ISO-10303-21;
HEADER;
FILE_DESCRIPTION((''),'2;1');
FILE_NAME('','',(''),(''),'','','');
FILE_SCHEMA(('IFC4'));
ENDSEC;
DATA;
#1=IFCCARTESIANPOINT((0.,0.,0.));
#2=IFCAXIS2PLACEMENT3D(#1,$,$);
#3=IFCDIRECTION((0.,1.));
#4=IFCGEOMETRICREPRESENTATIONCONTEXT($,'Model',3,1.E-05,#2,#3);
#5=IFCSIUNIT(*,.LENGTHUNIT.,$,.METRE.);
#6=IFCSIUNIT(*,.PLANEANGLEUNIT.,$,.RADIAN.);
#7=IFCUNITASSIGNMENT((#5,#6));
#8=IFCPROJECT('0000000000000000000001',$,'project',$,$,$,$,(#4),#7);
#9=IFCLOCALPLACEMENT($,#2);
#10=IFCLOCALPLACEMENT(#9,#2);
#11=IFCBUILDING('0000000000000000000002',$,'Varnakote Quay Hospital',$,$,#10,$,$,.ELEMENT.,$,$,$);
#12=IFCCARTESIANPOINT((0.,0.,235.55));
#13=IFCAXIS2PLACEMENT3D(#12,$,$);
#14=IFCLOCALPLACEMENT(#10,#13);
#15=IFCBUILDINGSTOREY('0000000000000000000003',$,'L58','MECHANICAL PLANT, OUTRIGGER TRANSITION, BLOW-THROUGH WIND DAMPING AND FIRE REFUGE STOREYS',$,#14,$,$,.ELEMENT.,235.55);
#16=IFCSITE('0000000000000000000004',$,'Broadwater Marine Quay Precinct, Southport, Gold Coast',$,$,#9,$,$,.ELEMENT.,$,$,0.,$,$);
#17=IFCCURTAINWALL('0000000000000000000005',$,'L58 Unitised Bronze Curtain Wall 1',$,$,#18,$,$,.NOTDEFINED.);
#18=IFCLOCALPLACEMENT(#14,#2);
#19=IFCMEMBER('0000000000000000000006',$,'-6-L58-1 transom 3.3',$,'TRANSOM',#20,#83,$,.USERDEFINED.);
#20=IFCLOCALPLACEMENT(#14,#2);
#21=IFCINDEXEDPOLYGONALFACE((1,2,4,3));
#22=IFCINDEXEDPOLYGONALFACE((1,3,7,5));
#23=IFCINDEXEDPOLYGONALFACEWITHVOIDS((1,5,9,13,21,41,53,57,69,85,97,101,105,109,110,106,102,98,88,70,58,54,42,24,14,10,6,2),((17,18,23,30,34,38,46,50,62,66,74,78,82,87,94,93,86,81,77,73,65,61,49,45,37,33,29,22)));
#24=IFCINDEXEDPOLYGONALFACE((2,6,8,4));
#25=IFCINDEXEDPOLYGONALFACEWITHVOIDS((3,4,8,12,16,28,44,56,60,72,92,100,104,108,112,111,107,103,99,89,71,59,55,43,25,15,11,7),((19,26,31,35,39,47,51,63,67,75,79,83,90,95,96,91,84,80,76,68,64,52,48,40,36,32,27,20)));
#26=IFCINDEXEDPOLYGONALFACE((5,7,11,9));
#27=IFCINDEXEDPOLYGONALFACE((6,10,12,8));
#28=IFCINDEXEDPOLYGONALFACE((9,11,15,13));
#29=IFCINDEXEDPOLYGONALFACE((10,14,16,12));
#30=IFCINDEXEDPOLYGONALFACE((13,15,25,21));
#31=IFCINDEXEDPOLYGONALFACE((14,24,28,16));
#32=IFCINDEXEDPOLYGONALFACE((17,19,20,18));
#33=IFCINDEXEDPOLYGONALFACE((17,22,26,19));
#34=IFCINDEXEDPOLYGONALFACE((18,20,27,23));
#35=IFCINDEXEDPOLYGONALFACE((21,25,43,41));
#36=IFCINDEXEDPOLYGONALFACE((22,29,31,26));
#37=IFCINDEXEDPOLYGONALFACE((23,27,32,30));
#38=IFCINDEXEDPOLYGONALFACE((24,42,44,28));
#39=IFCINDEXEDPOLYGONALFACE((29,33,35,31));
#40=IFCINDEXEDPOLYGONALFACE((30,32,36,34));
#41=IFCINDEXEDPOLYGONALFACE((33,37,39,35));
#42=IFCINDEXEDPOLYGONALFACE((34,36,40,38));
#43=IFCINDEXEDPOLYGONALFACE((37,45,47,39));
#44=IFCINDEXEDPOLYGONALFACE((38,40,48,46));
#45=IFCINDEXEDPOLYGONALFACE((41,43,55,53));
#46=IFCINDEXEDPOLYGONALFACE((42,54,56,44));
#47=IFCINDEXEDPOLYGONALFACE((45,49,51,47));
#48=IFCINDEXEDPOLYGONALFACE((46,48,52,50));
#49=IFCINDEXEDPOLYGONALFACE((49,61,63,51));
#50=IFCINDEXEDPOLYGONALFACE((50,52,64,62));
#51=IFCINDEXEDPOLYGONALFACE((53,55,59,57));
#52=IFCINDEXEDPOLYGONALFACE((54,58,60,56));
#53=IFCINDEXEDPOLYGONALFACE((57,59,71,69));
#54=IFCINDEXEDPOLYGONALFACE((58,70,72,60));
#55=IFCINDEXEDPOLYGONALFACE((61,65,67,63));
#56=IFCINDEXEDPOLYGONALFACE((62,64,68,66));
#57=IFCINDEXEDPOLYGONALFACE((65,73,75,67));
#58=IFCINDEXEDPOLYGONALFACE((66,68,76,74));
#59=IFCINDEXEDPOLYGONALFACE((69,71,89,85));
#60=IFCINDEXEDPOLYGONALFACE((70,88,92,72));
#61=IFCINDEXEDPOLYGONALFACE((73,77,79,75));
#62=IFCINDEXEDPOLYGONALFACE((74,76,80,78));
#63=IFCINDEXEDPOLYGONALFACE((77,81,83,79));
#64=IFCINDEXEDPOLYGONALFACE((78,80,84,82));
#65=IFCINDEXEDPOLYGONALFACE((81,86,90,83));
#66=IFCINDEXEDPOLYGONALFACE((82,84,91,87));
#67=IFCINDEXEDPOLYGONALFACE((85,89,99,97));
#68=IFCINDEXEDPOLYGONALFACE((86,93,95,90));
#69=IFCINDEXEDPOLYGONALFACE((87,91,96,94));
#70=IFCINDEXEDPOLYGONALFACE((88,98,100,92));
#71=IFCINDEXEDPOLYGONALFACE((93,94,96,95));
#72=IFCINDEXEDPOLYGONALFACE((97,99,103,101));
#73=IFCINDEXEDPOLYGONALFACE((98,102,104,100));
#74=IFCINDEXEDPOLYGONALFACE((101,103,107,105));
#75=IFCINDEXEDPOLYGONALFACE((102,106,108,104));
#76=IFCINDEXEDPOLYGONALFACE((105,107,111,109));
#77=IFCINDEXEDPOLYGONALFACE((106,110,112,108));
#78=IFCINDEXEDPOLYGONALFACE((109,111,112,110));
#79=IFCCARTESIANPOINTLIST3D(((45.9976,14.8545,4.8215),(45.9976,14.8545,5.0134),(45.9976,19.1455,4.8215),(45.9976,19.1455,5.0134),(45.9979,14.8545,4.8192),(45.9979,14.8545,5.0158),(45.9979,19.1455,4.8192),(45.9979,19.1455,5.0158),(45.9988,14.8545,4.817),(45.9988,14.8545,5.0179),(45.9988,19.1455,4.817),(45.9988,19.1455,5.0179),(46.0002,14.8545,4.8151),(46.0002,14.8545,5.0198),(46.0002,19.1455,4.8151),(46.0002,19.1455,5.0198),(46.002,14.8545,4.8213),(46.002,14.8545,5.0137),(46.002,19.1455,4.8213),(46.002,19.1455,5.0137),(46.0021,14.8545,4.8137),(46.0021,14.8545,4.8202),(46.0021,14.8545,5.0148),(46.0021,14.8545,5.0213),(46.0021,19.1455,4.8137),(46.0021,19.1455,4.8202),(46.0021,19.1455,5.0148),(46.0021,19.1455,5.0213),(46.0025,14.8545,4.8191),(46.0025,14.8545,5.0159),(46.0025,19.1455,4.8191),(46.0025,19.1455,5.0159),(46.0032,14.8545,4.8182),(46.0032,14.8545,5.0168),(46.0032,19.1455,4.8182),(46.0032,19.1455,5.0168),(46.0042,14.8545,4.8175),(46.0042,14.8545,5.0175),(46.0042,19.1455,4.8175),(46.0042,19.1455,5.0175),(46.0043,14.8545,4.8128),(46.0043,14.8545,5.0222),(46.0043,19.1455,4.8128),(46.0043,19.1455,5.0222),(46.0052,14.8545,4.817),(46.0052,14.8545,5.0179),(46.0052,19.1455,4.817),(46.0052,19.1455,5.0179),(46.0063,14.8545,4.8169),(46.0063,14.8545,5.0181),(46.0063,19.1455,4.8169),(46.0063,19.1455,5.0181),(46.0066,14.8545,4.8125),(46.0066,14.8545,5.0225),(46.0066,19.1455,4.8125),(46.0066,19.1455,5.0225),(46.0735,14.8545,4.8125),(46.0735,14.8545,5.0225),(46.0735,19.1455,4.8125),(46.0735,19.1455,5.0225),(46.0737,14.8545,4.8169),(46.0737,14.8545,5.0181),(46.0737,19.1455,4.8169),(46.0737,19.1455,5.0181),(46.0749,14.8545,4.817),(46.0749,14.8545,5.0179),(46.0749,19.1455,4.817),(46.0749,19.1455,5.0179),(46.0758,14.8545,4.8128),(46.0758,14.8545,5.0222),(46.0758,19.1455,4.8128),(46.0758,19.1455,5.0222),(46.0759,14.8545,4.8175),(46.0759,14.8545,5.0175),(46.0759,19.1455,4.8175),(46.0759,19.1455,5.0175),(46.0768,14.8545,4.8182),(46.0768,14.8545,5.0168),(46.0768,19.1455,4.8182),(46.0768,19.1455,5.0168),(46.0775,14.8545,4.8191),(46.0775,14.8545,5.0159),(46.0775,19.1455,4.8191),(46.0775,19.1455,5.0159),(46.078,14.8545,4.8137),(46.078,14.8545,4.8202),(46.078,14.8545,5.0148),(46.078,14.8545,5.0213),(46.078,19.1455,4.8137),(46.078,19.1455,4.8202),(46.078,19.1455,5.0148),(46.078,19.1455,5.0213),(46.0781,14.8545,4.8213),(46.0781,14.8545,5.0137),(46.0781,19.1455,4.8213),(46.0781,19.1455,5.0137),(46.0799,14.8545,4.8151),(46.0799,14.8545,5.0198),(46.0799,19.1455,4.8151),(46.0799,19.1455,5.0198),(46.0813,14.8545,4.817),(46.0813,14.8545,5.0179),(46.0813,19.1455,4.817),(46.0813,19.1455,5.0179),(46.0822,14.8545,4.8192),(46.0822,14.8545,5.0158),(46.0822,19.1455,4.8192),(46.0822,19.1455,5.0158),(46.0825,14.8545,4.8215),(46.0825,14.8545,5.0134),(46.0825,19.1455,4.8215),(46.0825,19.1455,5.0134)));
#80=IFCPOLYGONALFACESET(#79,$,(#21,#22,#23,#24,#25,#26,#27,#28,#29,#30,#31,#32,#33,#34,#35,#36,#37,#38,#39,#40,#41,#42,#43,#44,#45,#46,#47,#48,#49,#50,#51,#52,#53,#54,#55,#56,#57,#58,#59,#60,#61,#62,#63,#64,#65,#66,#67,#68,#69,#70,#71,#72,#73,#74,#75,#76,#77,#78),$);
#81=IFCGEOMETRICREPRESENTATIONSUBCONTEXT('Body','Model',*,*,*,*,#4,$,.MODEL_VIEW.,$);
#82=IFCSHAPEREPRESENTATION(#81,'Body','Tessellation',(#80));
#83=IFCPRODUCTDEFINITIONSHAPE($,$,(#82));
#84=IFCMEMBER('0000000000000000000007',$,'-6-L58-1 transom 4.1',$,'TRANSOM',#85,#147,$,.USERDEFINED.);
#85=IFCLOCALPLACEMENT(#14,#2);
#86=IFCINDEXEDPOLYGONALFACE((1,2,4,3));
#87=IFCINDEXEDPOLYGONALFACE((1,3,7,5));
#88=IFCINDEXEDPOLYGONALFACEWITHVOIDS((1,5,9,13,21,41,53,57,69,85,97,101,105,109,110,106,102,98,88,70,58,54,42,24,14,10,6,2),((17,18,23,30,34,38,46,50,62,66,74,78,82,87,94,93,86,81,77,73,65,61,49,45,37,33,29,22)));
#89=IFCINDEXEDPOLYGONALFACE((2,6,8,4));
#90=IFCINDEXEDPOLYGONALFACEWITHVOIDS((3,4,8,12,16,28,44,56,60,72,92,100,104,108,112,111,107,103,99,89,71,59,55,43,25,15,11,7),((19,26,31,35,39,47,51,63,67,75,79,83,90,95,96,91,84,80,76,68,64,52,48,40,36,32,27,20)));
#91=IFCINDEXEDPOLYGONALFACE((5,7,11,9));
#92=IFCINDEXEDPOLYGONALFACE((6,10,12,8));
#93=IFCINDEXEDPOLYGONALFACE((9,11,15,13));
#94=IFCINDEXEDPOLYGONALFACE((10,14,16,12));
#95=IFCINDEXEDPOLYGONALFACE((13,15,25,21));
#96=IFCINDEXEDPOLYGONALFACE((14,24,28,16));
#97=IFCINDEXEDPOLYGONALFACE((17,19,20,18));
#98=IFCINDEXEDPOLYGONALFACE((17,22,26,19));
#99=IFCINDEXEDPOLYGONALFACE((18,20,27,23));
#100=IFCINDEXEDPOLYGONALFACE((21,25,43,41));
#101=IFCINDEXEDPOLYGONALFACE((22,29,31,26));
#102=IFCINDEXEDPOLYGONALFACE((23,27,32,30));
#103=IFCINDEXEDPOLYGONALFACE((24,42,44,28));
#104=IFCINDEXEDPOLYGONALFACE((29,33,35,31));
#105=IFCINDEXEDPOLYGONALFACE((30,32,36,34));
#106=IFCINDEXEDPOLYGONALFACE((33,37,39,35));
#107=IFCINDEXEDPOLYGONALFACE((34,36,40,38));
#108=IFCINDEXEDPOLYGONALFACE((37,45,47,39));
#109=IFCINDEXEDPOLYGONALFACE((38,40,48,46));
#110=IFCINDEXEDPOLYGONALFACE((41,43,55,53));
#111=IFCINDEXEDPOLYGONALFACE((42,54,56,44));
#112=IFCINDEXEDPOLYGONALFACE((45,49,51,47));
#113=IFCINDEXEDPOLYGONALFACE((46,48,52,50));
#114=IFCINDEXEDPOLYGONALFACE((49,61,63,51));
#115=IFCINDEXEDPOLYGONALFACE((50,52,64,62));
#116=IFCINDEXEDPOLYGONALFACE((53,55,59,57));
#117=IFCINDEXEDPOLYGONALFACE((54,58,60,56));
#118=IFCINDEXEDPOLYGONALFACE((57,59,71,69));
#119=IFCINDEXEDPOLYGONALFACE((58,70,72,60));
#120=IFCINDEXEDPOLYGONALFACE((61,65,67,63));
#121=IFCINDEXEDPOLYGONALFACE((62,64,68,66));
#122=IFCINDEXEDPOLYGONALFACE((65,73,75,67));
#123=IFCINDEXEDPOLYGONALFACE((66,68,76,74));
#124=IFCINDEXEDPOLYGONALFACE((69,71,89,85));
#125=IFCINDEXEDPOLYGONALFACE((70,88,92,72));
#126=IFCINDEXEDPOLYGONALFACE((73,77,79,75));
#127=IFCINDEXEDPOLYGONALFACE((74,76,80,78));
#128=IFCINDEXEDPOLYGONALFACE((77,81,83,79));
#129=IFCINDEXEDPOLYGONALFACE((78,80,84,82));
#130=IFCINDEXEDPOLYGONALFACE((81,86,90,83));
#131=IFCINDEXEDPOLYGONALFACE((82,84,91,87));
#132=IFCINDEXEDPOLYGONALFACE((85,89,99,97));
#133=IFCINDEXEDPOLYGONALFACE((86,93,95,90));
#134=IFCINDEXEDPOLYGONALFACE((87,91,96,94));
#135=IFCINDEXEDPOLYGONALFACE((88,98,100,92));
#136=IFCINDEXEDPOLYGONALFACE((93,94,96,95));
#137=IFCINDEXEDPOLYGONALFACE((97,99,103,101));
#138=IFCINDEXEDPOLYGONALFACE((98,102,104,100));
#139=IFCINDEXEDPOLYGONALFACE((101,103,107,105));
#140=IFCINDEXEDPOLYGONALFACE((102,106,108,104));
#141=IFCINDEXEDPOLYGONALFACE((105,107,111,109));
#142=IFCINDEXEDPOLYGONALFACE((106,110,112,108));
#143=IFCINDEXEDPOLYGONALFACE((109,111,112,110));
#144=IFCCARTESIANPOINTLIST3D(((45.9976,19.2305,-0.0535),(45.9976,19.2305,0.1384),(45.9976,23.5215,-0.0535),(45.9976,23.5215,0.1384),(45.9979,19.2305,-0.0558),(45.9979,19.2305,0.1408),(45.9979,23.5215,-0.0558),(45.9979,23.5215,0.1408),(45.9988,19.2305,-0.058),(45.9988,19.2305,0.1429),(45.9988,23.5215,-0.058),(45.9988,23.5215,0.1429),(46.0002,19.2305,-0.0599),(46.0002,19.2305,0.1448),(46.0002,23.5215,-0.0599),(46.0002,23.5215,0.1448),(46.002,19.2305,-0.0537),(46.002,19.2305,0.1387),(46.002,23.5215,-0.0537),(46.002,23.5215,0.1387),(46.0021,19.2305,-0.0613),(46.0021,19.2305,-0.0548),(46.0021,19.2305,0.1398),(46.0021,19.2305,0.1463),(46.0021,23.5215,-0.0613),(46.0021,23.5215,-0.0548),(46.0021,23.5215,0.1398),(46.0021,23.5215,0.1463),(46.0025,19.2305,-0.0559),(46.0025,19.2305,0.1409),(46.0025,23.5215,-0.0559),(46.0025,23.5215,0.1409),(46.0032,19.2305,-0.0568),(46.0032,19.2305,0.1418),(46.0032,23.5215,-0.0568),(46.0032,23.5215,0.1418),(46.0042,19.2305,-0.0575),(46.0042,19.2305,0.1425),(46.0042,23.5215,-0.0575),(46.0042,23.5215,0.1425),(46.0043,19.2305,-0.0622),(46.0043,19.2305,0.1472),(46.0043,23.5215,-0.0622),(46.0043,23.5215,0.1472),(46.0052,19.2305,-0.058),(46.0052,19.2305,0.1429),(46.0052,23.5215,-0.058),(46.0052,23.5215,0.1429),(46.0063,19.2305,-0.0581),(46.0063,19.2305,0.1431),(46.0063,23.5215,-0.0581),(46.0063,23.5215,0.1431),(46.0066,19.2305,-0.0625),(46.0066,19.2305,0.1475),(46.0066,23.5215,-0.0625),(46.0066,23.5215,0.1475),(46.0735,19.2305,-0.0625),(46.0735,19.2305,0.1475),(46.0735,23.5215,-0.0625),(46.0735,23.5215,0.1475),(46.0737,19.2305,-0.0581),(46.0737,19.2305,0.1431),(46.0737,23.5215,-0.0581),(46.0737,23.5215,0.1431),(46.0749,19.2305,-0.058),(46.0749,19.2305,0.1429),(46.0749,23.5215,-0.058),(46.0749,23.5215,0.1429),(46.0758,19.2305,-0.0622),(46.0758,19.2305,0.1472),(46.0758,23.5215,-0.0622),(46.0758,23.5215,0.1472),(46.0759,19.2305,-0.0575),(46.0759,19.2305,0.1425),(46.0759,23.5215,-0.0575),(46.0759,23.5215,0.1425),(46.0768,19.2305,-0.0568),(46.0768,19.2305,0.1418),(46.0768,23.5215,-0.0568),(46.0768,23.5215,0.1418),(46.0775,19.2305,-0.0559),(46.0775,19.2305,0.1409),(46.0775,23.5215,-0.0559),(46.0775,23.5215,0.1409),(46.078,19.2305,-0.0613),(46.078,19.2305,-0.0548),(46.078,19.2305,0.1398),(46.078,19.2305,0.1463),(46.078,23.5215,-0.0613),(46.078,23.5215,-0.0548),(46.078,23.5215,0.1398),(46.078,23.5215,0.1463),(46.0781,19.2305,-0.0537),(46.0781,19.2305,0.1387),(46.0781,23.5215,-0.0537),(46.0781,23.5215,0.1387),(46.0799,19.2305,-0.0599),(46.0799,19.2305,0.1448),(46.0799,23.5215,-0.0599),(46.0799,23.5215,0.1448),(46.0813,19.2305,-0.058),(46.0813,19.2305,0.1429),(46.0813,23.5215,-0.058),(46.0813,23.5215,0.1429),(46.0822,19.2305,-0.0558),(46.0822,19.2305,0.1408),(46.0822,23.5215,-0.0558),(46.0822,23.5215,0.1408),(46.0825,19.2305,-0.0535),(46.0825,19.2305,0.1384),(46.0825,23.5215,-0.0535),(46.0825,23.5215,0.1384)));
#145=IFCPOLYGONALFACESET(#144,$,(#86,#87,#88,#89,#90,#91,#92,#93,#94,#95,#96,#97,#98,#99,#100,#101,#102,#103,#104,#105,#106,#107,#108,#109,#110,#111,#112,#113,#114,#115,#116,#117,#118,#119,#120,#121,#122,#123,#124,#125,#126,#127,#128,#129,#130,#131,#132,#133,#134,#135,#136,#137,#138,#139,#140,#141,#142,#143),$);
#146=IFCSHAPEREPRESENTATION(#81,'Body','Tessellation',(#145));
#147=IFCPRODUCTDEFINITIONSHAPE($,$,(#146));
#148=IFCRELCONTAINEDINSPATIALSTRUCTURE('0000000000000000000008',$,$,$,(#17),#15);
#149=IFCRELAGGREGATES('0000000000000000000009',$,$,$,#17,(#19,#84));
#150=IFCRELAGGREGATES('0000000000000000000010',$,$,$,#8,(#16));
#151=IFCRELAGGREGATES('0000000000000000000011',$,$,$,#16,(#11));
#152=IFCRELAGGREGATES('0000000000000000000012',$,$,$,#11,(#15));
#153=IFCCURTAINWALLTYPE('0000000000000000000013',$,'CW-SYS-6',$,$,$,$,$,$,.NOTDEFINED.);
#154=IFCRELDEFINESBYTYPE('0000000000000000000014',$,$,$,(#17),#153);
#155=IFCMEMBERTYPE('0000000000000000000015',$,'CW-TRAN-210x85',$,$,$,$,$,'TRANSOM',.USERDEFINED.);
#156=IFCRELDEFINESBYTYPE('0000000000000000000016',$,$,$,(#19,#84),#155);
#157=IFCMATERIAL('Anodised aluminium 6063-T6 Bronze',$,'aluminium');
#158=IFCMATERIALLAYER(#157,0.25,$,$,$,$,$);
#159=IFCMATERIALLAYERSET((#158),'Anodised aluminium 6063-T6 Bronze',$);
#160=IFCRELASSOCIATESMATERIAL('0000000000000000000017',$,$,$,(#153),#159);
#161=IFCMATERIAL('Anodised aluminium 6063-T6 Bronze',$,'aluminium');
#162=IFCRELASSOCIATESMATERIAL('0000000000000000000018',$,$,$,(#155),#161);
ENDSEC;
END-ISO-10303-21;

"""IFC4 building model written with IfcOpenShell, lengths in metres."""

from ifc_helpers import new_model, si_unit, direction, frame, origin, origin_2d, place, context, subcontext, project, spatial, hollow_rectangle, extrude, material, layer, layer_set, material_profile, profile_set, type_object, element, aggregate, save


model = new_model("IFC4")

# Units and contexts
model_context = context("Model", 3, precision=1e-05, world=origin(), true_north=direction((0.0, 1.0)))
body_context = subcontext(model_context, "Body", "Model", "MODEL_VIEW")
ifc_project = project(units=[si_unit("LENGTHUNIT", "METRE"), si_unit("PLANEANGLEUNIT", "RADIAN")], contexts=[model_context])

# Site, building, storey
site_placement = place(None, origin())
site = spatial("IfcSite", under=ifc_project, at=site_placement, Name="Broadwater Marine Quay Precinct, Southport, Gold Coast", CompositionType="ELEMENT", RefElevation=0.0)
building_placement = place(site_placement, origin())
building = spatial("IfcBuilding", under=site, at=building_placement, Name="Varnakote Quay Hospital", CompositionType="ELEMENT")
storey_placement = place(building_placement, frame((0.0, 0.0, 235.55)))
storey = spatial("IfcBuildingStorey", under=building, at=storey_placement, Name="L58", Description="MECHANICAL PLANT, OUTRIGGER TRANSITION, BLOW-THROUGH WIND DAMPING AND FIRE REFUGE STOREYS", CompositionType="ELEMENT", Elevation=235.55)

# Curtain wall, members
ifc_material_1 = material(Name="Anodised aluminium 6063-T6 Bronze", Category="aluminium")
ifc_layer_1 = layer(ifc_material_1, 0.25)
ifc_layer_set_1 = layer_set([ifc_layer_1], Name="Anodised aluminium 6063-T6 Bronze")
curtain_wall_type = type_object("IfcCurtainWallType", Name="CW-SYS-6", PredefinedType="NOTDEFINED", material=ifc_layer_set_1)
curtain_wall_placement = place(storey_placement, origin())
curtain_wall = element("IfcCurtainWall", 1, at=curtain_wall_placement, inside=storey, type_object=curtain_wall_type, Name="L58 Unitised Bronze Curtain Wall 1", PredefinedType="NOTDEFINED")
ifc_material_2 = material(Name="Anodised aluminium 6063-T6 Bronze", Category="aluminium")
ifc_material_profile_1 = material_profile(ifc_material_2, hollow_rectangle(XDim=0.085, YDim=0.21, WallThickness=0.0044, InnerFilletRadius=0.0044, OuterFilletRadius=0.009, at=origin_2d()), Name="CW-TRAN-210x85")
ifc_profile_set_1 = profile_set([ifc_material_profile_1], Name="Anodised aluminium 6063-T6 Bronze")
member_type_1 = type_object("IfcMemberType", Name="CW-TRAN-210x85", ElementType="TRANSOM", PredefinedType="USERDEFINED", material=ifc_profile_set_1)
member_1_placement = place(storey_placement, frame((46.04, 14.8545, 4.9175), z_axis=(0.0, 1.0, 0.0), x_axis=(-1.0, 0.0, 0.0)))
member_1 = element("IfcMember", 2, at=member_1_placement, type_object=member_type_1, Name="-6-L58-1 transom 3.3", ObjectType="TRANSOM", PredefinedType="USERDEFINED", context=body_context, shape_type="SweptSolid", body=[
    extrude(hollow_rectangle(XDim=0.085, YDim=0.21, WallThickness=0.0044, InnerFilletRadius=0.0044, OuterFilletRadius=0.009, at=origin_2d()), origin(), (0.0, 0.0, 1.0), 4.291),
])
member_2_placement = place(storey_placement, frame((46.04, 19.2305, 0.0425), z_axis=(0.0, 1.0, 0.0), x_axis=(-1.0, 0.0, 0.0)))
member_2 = element("IfcMember", 3, at=member_2_placement, type_object=member_type_1, Name="-6-L58-1 transom 4.1", ObjectType="TRANSOM", PredefinedType="USERDEFINED", context=body_context, shape_type="SweptSolid", body=[
    extrude(hollow_rectangle(XDim=0.085, YDim=0.21, WallThickness=0.0044, InnerFilletRadius=0.0044, OuterFilletRadius=0.009, at=origin_2d()), origin(), (0.0, 0.0, 1.0), 4.291),
])
aggregate(curtain_wall, [member_1, member_2])

save(model, "model.ifc")
